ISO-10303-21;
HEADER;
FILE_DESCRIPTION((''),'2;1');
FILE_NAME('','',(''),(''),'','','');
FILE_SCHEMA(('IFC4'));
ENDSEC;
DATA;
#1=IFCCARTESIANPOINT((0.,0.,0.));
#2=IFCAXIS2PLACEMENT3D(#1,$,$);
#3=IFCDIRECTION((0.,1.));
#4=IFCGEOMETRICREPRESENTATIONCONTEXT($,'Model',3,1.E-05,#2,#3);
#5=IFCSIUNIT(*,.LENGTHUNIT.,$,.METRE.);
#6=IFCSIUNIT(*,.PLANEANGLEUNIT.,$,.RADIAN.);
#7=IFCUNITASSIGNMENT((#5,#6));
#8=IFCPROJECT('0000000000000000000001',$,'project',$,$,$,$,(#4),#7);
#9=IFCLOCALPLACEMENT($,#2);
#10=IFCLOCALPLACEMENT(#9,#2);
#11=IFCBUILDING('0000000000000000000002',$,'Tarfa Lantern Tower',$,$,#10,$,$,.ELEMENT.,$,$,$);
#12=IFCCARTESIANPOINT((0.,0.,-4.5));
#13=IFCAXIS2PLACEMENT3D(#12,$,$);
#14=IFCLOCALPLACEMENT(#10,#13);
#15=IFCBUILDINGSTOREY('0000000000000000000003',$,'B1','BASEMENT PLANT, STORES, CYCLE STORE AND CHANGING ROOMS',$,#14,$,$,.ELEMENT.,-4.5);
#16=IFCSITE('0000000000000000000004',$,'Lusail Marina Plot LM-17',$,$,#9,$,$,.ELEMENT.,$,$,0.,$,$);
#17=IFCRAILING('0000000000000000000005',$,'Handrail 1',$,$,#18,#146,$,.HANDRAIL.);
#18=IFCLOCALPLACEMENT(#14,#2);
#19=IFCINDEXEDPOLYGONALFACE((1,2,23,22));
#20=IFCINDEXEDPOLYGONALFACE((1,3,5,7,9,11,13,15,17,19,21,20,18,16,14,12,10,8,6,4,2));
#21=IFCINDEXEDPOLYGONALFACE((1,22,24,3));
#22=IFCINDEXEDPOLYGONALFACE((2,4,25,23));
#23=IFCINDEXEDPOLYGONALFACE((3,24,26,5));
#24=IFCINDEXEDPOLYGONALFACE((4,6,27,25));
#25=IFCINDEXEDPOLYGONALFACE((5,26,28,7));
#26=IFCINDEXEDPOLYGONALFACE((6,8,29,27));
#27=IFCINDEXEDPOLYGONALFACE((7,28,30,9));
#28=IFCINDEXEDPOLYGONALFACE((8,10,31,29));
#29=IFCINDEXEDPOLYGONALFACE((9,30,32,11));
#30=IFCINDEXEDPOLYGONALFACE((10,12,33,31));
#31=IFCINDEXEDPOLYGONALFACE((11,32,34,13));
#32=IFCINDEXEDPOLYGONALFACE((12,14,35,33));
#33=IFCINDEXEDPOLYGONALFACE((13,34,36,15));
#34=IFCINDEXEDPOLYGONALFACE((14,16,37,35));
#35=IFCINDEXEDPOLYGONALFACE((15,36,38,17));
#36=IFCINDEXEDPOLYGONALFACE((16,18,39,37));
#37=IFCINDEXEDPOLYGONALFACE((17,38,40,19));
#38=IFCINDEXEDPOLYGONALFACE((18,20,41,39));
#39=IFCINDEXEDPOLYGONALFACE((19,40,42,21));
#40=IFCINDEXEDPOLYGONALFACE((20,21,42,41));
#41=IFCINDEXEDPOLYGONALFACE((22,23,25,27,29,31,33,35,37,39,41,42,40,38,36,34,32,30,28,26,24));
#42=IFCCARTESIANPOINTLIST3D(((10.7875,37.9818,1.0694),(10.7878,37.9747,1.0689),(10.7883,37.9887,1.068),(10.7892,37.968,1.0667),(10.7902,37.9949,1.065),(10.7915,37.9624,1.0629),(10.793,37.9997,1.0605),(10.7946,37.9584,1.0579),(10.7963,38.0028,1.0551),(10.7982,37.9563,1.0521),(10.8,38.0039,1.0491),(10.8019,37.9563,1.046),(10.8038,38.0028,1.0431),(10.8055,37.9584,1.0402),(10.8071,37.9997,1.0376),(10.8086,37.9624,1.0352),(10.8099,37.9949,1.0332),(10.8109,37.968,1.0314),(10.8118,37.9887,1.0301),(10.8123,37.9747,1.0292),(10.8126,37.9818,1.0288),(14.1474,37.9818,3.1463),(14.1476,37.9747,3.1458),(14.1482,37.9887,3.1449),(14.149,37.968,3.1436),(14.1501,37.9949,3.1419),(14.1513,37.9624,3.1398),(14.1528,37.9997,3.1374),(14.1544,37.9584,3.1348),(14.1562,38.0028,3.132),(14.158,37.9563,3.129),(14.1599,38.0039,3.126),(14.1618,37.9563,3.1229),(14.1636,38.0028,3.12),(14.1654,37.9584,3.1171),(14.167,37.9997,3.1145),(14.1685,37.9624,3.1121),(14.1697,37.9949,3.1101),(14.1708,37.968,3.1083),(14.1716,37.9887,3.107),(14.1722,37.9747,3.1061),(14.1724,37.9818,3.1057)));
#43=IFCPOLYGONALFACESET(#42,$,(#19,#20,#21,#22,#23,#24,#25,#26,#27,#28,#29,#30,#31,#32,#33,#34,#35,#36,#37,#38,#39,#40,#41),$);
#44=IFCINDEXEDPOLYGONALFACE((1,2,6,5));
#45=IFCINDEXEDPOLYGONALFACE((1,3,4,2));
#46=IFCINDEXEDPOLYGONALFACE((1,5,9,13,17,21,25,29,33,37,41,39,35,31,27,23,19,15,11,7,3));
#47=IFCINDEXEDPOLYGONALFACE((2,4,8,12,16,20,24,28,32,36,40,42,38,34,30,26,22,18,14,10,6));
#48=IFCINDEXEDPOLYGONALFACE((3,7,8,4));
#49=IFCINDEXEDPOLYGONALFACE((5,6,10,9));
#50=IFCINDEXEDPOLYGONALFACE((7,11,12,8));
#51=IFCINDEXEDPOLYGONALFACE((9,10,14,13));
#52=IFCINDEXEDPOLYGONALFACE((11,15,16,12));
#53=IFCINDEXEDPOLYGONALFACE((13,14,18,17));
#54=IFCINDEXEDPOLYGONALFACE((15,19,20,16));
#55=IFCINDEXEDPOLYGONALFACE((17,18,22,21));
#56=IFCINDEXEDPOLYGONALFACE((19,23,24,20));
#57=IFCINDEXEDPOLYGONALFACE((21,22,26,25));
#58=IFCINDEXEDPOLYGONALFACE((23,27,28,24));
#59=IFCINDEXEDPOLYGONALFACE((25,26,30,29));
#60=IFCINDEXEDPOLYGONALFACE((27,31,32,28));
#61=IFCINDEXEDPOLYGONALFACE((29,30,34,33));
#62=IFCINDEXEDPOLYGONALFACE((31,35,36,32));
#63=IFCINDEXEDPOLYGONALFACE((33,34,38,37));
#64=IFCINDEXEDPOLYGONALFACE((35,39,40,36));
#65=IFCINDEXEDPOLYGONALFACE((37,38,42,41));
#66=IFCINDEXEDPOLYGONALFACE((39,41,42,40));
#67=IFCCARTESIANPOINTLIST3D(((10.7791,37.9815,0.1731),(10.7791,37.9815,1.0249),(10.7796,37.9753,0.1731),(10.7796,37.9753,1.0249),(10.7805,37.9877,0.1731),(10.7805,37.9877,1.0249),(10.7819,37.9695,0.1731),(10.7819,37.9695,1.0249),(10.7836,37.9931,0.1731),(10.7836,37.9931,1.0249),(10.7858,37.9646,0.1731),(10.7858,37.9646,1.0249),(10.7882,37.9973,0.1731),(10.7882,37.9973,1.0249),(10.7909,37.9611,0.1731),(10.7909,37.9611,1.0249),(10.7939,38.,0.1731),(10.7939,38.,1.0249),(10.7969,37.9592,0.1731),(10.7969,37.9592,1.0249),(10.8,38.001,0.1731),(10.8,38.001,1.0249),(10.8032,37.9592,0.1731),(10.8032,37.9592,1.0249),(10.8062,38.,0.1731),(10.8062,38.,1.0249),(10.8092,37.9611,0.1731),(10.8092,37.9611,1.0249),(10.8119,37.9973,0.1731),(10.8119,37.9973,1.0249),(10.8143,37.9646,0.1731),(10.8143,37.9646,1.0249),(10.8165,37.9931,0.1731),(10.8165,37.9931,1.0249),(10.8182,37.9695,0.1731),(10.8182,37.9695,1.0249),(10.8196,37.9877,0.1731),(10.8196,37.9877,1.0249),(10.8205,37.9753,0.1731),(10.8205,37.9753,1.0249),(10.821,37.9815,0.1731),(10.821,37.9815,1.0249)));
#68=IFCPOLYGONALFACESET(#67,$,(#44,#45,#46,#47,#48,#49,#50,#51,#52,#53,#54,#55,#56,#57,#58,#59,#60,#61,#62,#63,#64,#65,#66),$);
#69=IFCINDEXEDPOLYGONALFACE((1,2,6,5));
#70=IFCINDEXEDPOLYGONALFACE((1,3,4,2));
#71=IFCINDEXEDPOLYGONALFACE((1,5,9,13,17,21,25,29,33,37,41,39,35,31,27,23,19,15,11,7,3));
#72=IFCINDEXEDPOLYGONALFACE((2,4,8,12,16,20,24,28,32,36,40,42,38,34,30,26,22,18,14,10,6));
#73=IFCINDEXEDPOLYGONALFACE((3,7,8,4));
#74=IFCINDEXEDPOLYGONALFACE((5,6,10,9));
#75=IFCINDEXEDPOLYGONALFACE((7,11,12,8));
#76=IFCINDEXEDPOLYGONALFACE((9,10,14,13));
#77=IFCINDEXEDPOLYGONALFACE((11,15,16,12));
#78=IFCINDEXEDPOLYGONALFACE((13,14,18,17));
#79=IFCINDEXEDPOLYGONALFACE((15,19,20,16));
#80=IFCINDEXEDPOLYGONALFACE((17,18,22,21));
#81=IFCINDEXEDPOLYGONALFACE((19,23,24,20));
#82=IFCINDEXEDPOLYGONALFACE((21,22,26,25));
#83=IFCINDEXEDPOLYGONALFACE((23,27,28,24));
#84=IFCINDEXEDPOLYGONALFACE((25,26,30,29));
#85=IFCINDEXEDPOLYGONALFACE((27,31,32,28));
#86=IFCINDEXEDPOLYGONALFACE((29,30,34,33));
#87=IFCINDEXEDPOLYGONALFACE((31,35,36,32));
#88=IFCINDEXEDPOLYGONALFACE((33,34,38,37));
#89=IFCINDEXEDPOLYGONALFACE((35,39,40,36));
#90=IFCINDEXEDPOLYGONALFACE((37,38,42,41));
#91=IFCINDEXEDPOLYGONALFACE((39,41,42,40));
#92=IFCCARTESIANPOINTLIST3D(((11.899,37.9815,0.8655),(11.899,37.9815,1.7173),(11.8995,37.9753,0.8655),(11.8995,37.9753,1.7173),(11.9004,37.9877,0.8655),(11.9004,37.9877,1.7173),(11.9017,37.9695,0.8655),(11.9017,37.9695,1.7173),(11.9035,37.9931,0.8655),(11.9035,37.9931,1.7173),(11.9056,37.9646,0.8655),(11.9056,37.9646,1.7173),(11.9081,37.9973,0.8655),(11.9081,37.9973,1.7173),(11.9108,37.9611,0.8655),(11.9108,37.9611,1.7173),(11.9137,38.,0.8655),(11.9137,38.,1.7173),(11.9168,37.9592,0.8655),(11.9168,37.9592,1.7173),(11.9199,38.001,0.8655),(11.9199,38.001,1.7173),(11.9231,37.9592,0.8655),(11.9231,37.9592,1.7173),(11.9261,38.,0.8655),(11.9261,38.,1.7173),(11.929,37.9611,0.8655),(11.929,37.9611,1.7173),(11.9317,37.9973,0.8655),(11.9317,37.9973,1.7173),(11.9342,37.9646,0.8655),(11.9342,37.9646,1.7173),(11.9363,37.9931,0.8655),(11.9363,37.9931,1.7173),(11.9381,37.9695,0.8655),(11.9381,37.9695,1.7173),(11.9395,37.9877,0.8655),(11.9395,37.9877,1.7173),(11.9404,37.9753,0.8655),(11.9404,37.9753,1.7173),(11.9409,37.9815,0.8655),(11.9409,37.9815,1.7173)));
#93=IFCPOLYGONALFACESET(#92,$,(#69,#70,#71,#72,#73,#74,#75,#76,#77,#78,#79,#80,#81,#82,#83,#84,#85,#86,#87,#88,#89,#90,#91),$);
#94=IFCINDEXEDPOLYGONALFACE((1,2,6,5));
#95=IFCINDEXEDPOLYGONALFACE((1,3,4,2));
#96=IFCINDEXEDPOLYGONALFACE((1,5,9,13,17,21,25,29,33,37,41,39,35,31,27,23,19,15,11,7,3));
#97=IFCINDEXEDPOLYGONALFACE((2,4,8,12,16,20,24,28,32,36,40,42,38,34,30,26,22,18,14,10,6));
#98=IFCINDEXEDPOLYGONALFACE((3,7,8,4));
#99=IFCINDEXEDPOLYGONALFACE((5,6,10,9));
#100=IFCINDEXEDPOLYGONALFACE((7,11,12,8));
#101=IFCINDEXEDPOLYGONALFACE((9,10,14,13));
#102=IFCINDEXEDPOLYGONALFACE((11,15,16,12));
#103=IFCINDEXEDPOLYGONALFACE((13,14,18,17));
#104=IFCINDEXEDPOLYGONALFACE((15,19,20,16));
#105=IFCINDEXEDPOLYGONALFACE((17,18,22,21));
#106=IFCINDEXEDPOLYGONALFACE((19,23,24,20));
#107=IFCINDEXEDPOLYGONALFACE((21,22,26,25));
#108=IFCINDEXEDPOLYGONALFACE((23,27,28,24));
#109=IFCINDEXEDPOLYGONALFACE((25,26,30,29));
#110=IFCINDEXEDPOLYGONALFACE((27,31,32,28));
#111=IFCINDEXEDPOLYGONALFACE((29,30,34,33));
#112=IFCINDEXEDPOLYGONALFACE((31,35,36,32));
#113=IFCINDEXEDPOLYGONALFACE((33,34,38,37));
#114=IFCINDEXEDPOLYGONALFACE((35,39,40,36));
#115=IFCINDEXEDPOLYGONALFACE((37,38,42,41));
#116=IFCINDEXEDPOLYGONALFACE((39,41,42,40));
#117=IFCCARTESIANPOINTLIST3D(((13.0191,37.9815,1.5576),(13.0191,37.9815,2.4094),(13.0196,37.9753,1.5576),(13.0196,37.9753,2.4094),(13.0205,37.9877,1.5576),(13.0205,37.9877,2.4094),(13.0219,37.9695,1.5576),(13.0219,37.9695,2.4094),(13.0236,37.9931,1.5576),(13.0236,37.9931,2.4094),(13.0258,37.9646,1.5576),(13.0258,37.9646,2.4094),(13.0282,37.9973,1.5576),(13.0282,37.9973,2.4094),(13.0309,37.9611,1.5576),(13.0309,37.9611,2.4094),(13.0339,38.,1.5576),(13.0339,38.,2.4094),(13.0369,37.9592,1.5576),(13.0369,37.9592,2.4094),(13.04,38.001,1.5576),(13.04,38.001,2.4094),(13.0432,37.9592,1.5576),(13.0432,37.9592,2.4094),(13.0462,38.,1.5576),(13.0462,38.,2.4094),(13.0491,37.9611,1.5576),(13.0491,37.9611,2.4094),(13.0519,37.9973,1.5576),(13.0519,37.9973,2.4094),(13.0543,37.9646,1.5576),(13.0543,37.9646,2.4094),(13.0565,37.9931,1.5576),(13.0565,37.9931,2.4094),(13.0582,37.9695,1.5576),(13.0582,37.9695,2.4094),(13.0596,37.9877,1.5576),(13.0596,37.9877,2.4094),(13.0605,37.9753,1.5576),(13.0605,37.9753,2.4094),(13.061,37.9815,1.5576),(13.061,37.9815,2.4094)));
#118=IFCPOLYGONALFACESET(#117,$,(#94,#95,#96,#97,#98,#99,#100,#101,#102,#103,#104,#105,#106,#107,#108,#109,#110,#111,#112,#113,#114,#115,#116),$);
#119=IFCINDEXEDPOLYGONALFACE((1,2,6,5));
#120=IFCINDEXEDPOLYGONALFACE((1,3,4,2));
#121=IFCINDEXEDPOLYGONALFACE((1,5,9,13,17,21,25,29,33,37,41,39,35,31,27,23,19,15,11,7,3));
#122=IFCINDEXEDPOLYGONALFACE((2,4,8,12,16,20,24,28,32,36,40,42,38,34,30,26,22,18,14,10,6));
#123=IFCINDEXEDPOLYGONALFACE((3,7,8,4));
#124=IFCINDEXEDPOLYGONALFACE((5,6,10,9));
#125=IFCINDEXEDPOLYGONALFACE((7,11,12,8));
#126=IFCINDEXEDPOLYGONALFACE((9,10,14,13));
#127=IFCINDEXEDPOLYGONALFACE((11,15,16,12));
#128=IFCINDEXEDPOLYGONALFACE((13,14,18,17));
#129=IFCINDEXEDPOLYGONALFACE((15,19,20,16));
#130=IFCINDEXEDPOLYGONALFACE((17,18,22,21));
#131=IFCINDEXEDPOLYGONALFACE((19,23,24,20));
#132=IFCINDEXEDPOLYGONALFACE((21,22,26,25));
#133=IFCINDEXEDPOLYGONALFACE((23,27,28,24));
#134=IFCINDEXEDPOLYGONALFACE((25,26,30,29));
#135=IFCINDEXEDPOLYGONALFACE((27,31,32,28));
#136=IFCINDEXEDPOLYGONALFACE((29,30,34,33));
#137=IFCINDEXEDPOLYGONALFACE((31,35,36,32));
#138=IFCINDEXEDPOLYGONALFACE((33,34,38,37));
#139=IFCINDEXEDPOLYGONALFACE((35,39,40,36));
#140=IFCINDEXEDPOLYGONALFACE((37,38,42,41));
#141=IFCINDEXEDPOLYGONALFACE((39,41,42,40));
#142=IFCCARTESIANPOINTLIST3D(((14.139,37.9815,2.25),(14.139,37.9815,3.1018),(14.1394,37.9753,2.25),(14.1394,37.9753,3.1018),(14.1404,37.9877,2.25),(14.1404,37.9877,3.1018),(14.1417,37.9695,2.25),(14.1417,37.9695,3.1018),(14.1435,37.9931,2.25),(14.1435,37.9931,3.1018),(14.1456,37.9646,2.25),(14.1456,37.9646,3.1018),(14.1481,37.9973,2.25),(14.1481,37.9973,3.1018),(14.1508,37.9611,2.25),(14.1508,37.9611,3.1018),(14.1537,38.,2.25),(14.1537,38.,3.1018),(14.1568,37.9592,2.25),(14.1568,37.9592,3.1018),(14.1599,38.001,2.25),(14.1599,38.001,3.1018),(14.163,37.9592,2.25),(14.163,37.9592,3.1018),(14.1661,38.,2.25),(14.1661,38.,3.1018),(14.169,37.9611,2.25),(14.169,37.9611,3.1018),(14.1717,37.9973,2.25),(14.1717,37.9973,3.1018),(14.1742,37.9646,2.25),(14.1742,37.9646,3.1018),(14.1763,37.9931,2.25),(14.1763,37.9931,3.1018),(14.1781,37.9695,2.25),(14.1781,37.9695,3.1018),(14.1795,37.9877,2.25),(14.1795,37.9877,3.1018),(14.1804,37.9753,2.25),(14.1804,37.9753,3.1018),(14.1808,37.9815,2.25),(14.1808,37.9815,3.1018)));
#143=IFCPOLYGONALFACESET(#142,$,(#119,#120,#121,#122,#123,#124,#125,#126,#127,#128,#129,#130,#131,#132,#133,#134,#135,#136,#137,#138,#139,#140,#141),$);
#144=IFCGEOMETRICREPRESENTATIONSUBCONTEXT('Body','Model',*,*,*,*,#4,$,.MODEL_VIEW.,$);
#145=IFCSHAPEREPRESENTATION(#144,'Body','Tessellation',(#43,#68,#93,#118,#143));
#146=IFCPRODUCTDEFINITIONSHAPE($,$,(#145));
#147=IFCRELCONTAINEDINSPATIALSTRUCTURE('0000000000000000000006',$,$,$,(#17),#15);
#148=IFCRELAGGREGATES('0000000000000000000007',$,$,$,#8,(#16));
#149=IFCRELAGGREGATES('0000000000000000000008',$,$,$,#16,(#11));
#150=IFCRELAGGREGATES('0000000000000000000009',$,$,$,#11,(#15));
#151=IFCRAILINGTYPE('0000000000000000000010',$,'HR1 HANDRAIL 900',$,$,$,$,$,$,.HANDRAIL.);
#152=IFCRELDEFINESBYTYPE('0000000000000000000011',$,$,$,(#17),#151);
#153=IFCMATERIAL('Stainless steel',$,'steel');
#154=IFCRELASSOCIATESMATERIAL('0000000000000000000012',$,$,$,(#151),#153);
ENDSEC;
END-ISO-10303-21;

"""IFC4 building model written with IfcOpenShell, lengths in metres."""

from ifc_helpers import new_model, si_unit, direction, frame, origin, origin_2d, place, context, subcontext, project, spatial, circle, extrude, material, type_object, element, save


model = new_model("IFC4")

# Units and contexts
model_context = context("Model", 3, precision=1e-05, world=origin(), true_north=direction((0.0, 1.0)))
body_context = subcontext(model_context, "Body", "Model", "MODEL_VIEW")
ifc_project = project(units=[si_unit("LENGTHUNIT", "METRE"), si_unit("PLANEANGLEUNIT", "RADIAN")], contexts=[model_context])

# Site, building, storey
site_placement = place(None, origin())
site = spatial("IfcSite", under=ifc_project, at=site_placement, Name="Lusail Marina Plot LM-17", CompositionType="ELEMENT", RefElevation=0.0)
building_placement = place(site_placement, origin())
building = spatial("IfcBuilding", under=site, at=building_placement, Name="Tarfa Lantern Tower", CompositionType="ELEMENT")
storey_placement = place(building_placement, frame((0.0, 0.0, -4.5)))
storey = spatial("IfcBuildingStorey", under=building, at=storey_placement, Name="B1", Description="BASEMENT PLANT, STORES, CYCLE STORE AND CHANGING ROOMS", CompositionType="ELEMENT", Elevation=-4.5)

# Railing
ifc_material_1 = material(Name="Stainless steel", Category="steel")
railing_type = type_object("IfcRailingType", Name="HR1 HANDRAIL 900", PredefinedType="HANDRAIL", material=ifc_material_1)
railing_1_placement = place(storey_placement, frame((10.8, 37.98, 0.1731)))
element("IfcRailing", 1, at=railing_1_placement, inside=storey, type_object=railing_type, Name="Handrail 1", PredefinedType="HANDRAIL", context=body_context, shape_type="SweptSolid", body=[
    extrude(circle(Radius=0.0239, at=origin_2d()), frame((0.0, 0.0, 0.876), z_axis=(0.850606, 0.0, 0.525803), x_axis=(0.0, 1.0, 0.0)), (0.0, 0.0, 1.0), 3.95),
    extrude(circle(Radius=0.021, at=origin_2d()), frame((0.0, 0.0, 0.0), z_axis=(0.0, 0.0, 1.0), x_axis=(0.0, 1.0, 0.0)), (0.0, 0.0, 1.0), 0.8518),
    extrude(circle(Radius=0.021, at=origin_2d()), frame((1.1199, 0.0, 0.6924), z_axis=(0.0, 0.0, 1.0), x_axis=(0.0, 1.0, 0.0)), (0.0, 0.0, 1.0), 0.8518),
    extrude(circle(Radius=0.021, at=origin_2d()), frame((2.24, 0.0, 1.3845), z_axis=(0.0, 0.0, 1.0), x_axis=(0.0, 1.0, 0.0)), (0.0, 0.0, 1.0), 0.8518),
    extrude(circle(Radius=0.021, at=origin_2d()), frame((3.3599, 0.0, 2.0769), z_axis=(0.0, 0.0, 1.0), x_axis=(0.0, 1.0, 0.0)), (0.0, 0.0, 1.0), 0.8518),
])

save(model, "model.ifc")
